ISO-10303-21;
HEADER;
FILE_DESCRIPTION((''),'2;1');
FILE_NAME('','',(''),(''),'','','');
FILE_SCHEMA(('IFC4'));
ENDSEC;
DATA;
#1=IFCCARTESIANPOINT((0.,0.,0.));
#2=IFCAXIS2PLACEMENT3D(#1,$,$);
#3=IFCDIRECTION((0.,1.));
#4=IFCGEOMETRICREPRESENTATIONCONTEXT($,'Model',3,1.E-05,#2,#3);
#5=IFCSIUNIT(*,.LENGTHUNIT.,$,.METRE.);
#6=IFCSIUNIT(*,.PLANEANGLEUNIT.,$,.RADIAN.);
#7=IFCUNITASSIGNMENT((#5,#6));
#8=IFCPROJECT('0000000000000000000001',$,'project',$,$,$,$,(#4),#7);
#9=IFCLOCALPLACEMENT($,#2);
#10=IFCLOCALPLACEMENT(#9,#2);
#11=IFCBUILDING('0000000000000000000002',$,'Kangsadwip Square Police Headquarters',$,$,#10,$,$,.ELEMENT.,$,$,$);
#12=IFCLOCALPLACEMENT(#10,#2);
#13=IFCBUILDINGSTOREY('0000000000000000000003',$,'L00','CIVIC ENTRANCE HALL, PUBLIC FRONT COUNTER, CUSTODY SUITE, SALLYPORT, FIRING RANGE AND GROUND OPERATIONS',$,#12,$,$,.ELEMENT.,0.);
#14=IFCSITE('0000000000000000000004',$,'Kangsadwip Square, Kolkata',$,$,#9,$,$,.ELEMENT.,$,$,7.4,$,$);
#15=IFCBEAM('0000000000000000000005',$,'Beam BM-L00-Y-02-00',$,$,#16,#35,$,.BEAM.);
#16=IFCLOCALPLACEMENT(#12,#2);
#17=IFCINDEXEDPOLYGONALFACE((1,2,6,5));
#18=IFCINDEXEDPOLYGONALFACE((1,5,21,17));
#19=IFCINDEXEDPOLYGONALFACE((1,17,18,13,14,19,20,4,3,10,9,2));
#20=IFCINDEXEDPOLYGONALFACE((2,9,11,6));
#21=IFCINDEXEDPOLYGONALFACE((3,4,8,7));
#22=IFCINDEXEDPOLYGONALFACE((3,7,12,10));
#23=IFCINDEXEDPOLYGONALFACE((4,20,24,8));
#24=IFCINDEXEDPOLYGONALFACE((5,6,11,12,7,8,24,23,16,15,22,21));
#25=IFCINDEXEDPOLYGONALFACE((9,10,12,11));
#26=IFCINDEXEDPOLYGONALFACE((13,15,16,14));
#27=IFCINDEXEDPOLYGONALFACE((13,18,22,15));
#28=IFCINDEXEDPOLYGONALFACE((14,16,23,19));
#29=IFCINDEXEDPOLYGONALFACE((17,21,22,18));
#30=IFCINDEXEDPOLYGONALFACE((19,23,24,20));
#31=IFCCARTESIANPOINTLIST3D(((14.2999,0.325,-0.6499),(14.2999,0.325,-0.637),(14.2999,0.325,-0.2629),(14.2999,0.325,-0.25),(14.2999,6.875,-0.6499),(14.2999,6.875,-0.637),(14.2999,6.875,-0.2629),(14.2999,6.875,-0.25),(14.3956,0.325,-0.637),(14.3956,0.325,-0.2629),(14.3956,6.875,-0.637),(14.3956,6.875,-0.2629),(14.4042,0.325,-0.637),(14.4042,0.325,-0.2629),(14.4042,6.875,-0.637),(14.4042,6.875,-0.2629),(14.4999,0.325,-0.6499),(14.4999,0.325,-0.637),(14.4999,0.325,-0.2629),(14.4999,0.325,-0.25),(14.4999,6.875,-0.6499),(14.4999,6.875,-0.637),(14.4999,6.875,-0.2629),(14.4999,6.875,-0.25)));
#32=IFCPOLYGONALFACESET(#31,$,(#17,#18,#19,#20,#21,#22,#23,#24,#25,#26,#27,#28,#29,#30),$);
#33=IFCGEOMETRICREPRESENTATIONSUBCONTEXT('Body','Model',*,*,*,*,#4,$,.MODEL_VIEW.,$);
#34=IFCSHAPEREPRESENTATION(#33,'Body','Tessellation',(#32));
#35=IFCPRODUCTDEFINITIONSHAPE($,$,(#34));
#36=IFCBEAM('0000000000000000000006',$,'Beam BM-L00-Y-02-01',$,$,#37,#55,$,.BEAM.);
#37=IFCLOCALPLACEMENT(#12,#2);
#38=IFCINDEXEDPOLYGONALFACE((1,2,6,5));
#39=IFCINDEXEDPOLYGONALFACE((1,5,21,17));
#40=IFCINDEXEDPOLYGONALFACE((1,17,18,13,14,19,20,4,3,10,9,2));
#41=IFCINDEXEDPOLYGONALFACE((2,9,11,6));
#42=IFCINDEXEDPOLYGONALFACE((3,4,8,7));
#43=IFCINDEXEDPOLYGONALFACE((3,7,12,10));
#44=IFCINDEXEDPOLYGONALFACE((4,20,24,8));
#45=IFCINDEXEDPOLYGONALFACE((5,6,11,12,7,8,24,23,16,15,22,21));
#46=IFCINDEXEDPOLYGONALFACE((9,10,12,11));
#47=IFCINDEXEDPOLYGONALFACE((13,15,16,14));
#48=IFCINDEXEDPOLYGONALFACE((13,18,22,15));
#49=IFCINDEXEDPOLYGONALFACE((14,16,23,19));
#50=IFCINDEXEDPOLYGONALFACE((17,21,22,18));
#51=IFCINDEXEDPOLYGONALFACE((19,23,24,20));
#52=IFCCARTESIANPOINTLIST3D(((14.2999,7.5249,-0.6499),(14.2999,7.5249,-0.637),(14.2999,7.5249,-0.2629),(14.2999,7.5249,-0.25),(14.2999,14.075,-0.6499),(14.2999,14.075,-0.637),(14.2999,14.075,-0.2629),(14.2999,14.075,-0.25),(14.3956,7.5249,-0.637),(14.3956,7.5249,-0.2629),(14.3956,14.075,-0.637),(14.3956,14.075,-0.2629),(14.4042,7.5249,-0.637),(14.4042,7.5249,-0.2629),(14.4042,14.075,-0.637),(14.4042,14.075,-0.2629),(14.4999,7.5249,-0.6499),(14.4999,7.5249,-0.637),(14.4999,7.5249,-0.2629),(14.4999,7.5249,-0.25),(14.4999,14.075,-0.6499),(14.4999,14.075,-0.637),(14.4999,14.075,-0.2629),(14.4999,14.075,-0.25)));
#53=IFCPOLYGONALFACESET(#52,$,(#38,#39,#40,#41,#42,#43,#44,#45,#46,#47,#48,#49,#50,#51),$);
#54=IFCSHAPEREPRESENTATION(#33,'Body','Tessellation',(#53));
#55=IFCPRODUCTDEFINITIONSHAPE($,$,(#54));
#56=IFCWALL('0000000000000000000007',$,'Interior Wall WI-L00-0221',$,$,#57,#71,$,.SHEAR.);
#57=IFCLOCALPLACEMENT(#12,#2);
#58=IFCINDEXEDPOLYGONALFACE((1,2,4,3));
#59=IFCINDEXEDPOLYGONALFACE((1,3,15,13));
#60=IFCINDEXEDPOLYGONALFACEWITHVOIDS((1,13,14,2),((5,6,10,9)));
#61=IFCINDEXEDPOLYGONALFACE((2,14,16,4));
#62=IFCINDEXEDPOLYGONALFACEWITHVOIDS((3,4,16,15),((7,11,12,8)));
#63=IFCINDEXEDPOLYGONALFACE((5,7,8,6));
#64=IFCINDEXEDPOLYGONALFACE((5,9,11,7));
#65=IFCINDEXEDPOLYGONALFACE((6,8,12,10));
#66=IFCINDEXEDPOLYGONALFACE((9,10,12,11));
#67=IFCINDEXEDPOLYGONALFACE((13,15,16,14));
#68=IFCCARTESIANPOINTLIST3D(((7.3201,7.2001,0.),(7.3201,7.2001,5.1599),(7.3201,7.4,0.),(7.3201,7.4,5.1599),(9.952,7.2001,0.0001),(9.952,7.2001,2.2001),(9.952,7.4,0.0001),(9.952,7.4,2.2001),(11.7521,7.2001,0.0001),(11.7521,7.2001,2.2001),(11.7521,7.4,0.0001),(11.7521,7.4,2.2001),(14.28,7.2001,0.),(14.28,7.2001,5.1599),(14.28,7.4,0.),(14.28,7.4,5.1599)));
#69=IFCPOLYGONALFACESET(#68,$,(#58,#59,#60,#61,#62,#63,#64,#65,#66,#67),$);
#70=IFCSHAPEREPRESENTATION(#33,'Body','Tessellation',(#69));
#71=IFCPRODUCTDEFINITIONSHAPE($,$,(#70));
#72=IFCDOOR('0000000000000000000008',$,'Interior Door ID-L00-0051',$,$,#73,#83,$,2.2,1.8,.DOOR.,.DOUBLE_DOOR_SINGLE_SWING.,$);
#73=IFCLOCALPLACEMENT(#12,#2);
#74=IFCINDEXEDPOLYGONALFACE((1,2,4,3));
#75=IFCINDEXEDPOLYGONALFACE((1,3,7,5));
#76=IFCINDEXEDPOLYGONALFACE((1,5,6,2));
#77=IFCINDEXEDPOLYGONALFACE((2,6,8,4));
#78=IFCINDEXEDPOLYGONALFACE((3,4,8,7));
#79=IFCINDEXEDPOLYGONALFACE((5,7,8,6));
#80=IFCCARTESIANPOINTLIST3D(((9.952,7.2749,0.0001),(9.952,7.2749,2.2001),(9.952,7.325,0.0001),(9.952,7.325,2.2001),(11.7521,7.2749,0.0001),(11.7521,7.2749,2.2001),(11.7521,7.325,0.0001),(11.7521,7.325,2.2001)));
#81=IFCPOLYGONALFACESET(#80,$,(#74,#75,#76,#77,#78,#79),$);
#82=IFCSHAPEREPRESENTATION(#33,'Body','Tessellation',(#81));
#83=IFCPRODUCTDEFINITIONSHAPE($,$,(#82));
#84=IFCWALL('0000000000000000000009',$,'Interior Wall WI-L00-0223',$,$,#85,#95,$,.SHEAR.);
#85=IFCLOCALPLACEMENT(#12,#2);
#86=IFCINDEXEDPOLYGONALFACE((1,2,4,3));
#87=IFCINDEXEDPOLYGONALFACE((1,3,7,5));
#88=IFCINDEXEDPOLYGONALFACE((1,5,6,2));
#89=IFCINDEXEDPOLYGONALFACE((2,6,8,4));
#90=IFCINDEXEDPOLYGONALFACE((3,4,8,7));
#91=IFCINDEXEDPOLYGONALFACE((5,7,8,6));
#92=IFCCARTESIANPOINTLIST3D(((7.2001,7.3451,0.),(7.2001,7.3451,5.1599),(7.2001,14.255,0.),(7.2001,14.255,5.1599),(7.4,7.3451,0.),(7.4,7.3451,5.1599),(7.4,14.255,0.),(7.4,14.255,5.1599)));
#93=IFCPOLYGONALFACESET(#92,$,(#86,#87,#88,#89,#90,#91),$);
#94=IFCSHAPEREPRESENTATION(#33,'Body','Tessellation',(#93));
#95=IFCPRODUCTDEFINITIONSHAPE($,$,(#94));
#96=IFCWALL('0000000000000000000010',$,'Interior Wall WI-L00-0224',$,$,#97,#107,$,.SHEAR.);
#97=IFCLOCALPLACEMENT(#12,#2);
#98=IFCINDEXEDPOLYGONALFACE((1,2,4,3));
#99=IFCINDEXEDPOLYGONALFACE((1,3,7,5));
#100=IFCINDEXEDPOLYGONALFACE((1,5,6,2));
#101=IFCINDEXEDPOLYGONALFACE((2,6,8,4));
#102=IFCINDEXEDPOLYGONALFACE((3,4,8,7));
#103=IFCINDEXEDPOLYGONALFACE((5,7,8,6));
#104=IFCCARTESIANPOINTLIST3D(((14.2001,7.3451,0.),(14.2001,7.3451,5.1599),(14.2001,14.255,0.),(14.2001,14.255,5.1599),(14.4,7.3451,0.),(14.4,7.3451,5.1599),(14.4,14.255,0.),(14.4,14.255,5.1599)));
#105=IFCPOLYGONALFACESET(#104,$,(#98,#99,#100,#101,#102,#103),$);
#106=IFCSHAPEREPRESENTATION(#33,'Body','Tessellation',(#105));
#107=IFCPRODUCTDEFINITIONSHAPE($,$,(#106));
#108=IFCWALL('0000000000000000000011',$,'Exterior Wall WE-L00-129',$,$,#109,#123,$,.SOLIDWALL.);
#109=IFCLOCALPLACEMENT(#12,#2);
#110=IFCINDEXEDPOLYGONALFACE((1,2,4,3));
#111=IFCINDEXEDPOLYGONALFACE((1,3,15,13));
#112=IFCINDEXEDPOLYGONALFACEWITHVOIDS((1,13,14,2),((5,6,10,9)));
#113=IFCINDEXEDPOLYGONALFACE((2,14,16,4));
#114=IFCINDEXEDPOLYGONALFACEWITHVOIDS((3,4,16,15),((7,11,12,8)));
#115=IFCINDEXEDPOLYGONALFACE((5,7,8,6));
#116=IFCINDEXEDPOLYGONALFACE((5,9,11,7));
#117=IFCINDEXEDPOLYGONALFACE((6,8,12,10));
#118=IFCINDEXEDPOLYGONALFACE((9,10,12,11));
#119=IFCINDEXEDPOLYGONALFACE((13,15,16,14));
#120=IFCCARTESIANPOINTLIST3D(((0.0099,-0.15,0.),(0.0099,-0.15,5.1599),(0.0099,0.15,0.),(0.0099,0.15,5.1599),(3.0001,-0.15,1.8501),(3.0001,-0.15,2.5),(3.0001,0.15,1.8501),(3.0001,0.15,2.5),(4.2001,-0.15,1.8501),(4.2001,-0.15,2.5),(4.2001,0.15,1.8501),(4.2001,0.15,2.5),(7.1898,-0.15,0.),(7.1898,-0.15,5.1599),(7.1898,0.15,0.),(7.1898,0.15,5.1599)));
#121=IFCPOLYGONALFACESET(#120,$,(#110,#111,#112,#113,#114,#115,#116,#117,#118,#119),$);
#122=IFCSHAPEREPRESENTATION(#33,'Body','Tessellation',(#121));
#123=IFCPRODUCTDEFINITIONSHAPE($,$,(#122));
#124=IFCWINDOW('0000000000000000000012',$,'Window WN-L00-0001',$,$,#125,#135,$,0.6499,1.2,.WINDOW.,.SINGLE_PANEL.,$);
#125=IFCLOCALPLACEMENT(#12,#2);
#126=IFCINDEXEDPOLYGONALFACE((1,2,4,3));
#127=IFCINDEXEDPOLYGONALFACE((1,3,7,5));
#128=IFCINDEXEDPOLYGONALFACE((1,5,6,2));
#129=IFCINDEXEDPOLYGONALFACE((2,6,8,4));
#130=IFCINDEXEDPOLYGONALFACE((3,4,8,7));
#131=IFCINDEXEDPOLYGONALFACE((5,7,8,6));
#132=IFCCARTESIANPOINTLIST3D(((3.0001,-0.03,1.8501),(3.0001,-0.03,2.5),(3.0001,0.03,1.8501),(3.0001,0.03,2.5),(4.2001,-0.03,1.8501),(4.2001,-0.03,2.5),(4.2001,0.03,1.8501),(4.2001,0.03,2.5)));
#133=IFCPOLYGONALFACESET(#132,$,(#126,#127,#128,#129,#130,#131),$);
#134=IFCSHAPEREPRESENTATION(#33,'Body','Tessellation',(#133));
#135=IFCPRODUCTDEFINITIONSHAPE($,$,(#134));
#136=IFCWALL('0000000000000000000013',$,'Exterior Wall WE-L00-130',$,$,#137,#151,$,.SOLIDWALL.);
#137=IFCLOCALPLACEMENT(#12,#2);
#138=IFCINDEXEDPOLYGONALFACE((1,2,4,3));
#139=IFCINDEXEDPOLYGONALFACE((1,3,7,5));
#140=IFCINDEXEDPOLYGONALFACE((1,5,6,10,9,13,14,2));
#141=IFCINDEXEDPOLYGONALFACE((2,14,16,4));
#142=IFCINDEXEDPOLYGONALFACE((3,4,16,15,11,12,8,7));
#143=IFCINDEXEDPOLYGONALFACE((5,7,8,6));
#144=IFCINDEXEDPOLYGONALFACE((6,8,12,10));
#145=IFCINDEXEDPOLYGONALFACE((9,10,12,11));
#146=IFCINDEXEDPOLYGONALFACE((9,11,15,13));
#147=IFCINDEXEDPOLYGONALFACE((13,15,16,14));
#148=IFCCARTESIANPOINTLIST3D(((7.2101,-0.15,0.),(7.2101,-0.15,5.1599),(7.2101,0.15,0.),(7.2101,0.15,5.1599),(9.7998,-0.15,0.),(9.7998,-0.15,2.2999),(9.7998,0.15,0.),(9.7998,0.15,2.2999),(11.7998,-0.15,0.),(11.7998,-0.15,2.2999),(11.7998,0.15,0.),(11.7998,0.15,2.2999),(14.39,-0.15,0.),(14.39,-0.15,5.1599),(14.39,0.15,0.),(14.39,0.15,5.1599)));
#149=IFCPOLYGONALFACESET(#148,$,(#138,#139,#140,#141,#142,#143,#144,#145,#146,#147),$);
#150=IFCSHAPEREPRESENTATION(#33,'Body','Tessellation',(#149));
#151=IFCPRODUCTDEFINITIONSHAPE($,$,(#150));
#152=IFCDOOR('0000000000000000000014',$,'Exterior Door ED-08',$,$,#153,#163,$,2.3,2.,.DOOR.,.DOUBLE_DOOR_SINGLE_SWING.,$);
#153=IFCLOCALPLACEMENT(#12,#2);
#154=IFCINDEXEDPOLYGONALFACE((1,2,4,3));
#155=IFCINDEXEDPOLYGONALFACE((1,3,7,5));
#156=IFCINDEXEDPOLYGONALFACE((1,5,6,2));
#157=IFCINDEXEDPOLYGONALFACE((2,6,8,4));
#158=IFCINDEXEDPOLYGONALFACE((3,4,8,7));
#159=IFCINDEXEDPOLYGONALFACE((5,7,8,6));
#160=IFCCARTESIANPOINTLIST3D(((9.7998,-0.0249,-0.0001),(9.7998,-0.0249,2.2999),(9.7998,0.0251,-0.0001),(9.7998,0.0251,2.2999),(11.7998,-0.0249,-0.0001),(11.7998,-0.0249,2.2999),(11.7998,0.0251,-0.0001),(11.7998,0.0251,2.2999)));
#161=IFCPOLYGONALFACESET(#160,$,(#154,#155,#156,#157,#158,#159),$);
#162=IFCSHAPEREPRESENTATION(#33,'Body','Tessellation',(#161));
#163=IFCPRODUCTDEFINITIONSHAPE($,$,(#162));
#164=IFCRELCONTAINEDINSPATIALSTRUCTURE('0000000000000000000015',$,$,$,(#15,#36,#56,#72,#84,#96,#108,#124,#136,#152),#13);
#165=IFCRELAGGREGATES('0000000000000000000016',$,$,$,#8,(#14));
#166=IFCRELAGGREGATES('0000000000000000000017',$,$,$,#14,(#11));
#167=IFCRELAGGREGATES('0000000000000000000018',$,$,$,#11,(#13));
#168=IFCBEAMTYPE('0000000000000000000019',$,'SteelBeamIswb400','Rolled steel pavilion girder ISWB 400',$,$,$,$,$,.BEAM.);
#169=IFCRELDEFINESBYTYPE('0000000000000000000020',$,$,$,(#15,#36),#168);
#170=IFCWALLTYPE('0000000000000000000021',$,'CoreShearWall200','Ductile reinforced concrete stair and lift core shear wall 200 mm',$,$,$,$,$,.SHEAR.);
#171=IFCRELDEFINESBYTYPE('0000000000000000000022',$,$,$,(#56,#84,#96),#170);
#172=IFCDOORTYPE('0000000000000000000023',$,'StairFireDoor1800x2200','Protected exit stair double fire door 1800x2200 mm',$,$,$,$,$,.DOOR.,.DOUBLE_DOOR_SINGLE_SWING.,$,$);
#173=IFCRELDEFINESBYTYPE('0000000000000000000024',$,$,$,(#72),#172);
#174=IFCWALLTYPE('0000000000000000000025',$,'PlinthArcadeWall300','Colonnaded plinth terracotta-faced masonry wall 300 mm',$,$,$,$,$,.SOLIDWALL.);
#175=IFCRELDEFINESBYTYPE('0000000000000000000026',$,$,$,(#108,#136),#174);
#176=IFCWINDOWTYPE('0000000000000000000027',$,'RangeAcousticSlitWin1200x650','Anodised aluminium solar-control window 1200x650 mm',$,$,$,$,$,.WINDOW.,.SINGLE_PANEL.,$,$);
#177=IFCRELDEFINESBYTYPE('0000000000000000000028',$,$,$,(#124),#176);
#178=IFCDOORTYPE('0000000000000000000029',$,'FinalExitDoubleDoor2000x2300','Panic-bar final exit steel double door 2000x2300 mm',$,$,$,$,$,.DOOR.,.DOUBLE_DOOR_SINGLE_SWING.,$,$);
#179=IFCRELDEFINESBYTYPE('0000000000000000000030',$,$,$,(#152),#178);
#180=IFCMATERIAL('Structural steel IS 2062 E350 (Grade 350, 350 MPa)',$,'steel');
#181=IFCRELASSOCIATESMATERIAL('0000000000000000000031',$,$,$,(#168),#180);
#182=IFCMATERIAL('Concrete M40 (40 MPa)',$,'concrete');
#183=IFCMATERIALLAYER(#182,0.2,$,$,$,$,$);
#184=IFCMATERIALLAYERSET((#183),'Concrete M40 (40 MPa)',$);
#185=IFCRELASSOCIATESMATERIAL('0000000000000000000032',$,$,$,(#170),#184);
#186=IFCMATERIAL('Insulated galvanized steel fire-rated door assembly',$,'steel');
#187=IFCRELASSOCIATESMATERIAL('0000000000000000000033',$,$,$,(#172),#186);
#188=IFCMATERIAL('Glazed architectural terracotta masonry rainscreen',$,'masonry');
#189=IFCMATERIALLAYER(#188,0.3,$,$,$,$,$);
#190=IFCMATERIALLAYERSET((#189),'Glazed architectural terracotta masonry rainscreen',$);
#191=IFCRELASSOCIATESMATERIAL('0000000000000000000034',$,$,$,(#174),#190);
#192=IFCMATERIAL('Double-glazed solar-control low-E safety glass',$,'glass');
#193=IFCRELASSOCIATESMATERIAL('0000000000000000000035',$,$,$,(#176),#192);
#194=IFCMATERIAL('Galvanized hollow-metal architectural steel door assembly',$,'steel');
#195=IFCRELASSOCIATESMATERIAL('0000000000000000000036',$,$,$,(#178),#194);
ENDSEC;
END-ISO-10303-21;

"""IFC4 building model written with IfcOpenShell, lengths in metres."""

from ifc_helpers import new_model, si_unit, direction, frame, frame_2d, origin, origin_2d, place, context, subcontext, project, spatial, rectangle, i_section, extrude, material, layer, layer_set, material_profile, profile_set, type_object, element, fill, save


model = new_model("IFC4")

# Units and contexts
model_context = context("Model", 3, precision=1e-05, world=origin(), true_north=direction((0.0, 1.0)))
body_context = subcontext(model_context, "Body", "Model", "MODEL_VIEW")
ifc_project = project(units=[si_unit("LENGTHUNIT", "METRE"), si_unit("PLANEANGLEUNIT", "RADIAN")], contexts=[model_context])

# Site, building, storey
site_placement = place(None, origin())
site = spatial("IfcSite", under=ifc_project, at=site_placement, Name="Kangsadwip Square, Kolkata", CompositionType="ELEMENT", RefElevation=7.4)
building_placement = place(site_placement, origin())
building = spatial("IfcBuilding", under=site, at=building_placement, Name="Kangsadwip Square Police Headquarters", CompositionType="ELEMENT")
storey_placement = place(building_placement, origin())
storey = spatial("IfcBuildingStorey", under=building, at=storey_placement, Name="L00", Description="CIVIC ENTRANCE HALL, PUBLIC FRONT COUNTER, CUSTODY SUITE, SALLYPORT, FIRING RANGE AND GROUND OPERATIONS", CompositionType="ELEMENT", Elevation=0.0)

# Beams
ifc_material_1 = material(Name="Structural steel IS 2062 E350 (Grade 350, 350 MPa)", Category="steel")
ifc_material_profile_1 = material_profile(ifc_material_1, i_section(OverallWidth=0.2, OverallDepth=0.3999, WebThickness=0.0085, FlangeThickness=0.0129, at=origin_2d()), Name="ISWB 400")
ifc_profile_set_1 = profile_set([ifc_material_profile_1], Name="Structural steel IS 2062 E350 (Grade 350, 350 MPa)")
beam_type_1 = type_object("IfcBeamType", Name="SteelBeamIswb400", Description="Rolled steel pavilion girder ISWB 400", PredefinedType="BEAM", material=ifc_profile_set_1)
for number, where, z_axis, x_axis, name in (
    (1, (14.3999, 0.325, -0.45), (0.0, 1.0, 0.0), (-1.0, 0.0, 0.0), "Beam BM-L00-Y-02-00"),
    (2, (14.3999, 7.5249, -0.45), (0.0, 1.0, 0.0), (-1.0, 0.0, 0.0), "Beam BM-L00-Y-02-01"),
):
    element("IfcBeam", number, at=place(storey_placement, frame(where, z_axis=z_axis, x_axis=x_axis)), inside=storey, type_object=beam_type_1, Name=name, PredefinedType="BEAM", context=body_context, shape_type="SweptSolid", body=[
        extrude(i_section(OverallWidth=0.2, OverallDepth=0.3999, WebThickness=0.0085, FlangeThickness=0.0129, at=origin_2d()), origin(), (0.0, 0.0, 1.0), 6.55),
    ])

# Wall, opening, door
ifc_material_2 = material(Name="Concrete M40 (40 MPa)", Category="concrete")
ifc_layer_1 = layer(ifc_material_2, 0.2)
ifc_layer_set_1 = layer_set([ifc_layer_1], Name="Concrete M40 (40 MPa)")
wall_type_1 = type_object("IfcWallType", Name="CoreShearWall200", Description="Ductile reinforced concrete stair and lift core shear wall 200 mm", PredefinedType="SHEAR", material=ifc_layer_set_1)
wall_1_placement = place(storey_placement, frame((7.3201, 7.3, 0.0), z_axis=(0.0, 0.0, 1.0), x_axis=(1.0, 0.0, 0.0)))
wall_1 = element("IfcWall", 3, at=wall_1_placement, inside=storey, type_object=wall_type_1, Name="Interior Wall WI-L00-0221", PredefinedType="SHEAR", context=body_context, shape_type="SweptSolid", body=[
    extrude(rectangle(XDim=6.96, YDim=0.2, at=frame_2d((3.48, 0.0))), origin(), (0.0, 0.0, 1.0), 5.1599),
])
opening_1_placement = place(wall_1_placement, frame((2.6321, 0.0, 0.0)))
opening_1 = element("IfcOpeningElement", 4, at=opening_1_placement, cuts=wall_1, PredefinedType="OPENING", context=body_context, shape_type="SweptSolid", body=[
    extrude(rectangle(XDim=1.8, YDim=2.2, at=frame_2d((0.8999, 1.1001))), frame((0.0, 0.1099, 0.0), z_axis=(0.0, -1.0, 0.0), x_axis=(1.0, 0.0, 0.0)), (0.0, 0.0, 1.0), 0.22),
])
ifc_material_3 = material(Name="Insulated galvanized steel fire-rated door assembly", Category="steel")
door_type_1 = type_object("IfcDoorType", Name="StairFireDoor1800x2200", Description="Protected exit stair double fire door 1800x2200 mm", OperationType="DOUBLE_DOOR_SINGLE_SWING", PredefinedType="DOOR", material=ifc_material_3)
door_1_placement = place(opening_1_placement, origin())
door_1 = element("IfcDoor", 5, at=door_1_placement, inside=storey, type_object=door_type_1, Name="Interior Door ID-L00-0051", OperationType="DOUBLE_DOOR_SINGLE_SWING", OverallHeight=2.2, OverallWidth=1.8, PredefinedType="DOOR", context=body_context, shape_type="SweptSolid", body=[
    extrude(rectangle(XDim=1.8, YDim=2.2, at=frame_2d((0.8999, 1.1001))), frame((0.0, 0.0249, 0.0), z_axis=(0.0, -1.0, 0.0), x_axis=(1.0, 0.0, 0.0)), (0.0, 0.0, 1.0), 0.05),
])
fill(opening_1, door_1)

# Walls
for number, where, z_axis, x_axis, name in (
    (6, (7.3, 7.345, 0.0), (0.0, 0.0, 1.0), (0.0, 1.0, 0.0), "Interior Wall WI-L00-0223"),
    (7, (14.3, 7.345, 0.0), (0.0, 0.0, 1.0), (0.0, 1.0, 0.0), "Interior Wall WI-L00-0224"),
):
    element("IfcWall", number, at=place(storey_placement, frame(where, z_axis=z_axis, x_axis=x_axis)), inside=storey, type_object=wall_type_1, Name=name, PredefinedType="SHEAR", context=body_context, shape_type="SweptSolid", body=[
        extrude(rectangle(XDim=6.9099, YDim=0.2, at=frame_2d((3.4551, 0.0))), origin(), (0.0, 0.0, 1.0), 5.1599),
    ])

# Wall, opening, window
ifc_material_4 = material(Name="Glazed architectural terracotta masonry rainscreen", Category="masonry")
ifc_layer_2 = layer(ifc_material_4, 0.3)
ifc_layer_set_2 = layer_set([ifc_layer_2], Name="Glazed architectural terracotta masonry rainscreen")
wall_type_2 = type_object("IfcWallType", Name="PlinthArcadeWall300", Description="Colonnaded plinth terracotta-faced masonry wall 300 mm", PredefinedType="SOLIDWALL", material=ifc_layer_set_2)
wall_2_placement = place(storey_placement, frame((0.01, 0.0, 0.0), z_axis=(0.0, 0.0, 1.0), x_axis=(1.0, 0.0, 0.0)))
wall_2 = element("IfcWall", 8, at=wall_2_placement, inside=storey, type_object=wall_type_2, Name="Exterior Wall WE-L00-129", PredefinedType="SOLIDWALL", context=body_context, shape_type="SweptSolid", body=[
    extrude(rectangle(XDim=7.1799, YDim=0.3, at=frame_2d((3.5898, 0.0))), origin(), (0.0, 0.0, 1.0), 5.1599),
])
opening_2_placement = place(wall_2_placement, frame((2.99, 0.0, 1.8501)))
opening_2 = element("IfcOpeningElement", 9, at=opening_2_placement, cuts=wall_2, PredefinedType="OPENING", context=body_context, shape_type="SweptSolid", body=[
    extrude(rectangle(XDim=1.2, YDim=0.6499, at=frame_2d((0.6001, 0.325))), frame((0.0, 0.1599, 0.0), z_axis=(0.0, -1.0, 0.0), x_axis=(1.0, 0.0, 0.0)), (0.0, 0.0, 1.0), 0.3201),
])
ifc_material_5 = material(Name="Double-glazed solar-control low-E safety glass", Category="glass")
window_type = type_object("IfcWindowType", Name="RangeAcousticSlitWin1200x650", Description="Anodised aluminium solar-control window 1200x650 mm", PartitioningType="SINGLE_PANEL", PredefinedType="WINDOW", material=ifc_material_5)
window_placement = place(opening_2_placement, origin())
window = element("IfcWindow", 10, at=window_placement, inside=storey, type_object=window_type, Name="Window WN-L00-0001", OverallHeight=0.6499, OverallWidth=1.2, PartitioningType="SINGLE_PANEL", PredefinedType="WINDOW", context=body_context, shape_type="SweptSolid", body=[
    extrude(rectangle(XDim=1.2, YDim=0.6499, at=frame_2d((0.6001, 0.325))), frame((0.0, 0.03, 0.0), z_axis=(0.0, -1.0, 0.0), x_axis=(1.0, 0.0, 0.0)), (0.0, 0.0, 1.0), 0.0601),
])
fill(opening_2, window)

# Wall, opening, door
wall_3_placement = place(storey_placement, frame((14.3899, 0.0, 0.0), z_axis=(0.0, 0.0, 1.0), x_axis=(-1.0, 0.0, 0.0)))
wall_3 = element("IfcWall", 11, at=wall_3_placement, inside=storey, type_object=wall_type_2, Name="Exterior Wall WE-L00-130", PredefinedType="SOLIDWALL", context=body_context, shape_type="SweptSolid", body=[
    extrude(rectangle(XDim=7.1799, YDim=0.3, at=frame_2d((3.5898, 0.0))), origin(), (0.0, 0.0, 1.0), 5.1599),
])
opening_3_placement = place(wall_3_placement, frame((2.5901, 0.0, 0.0)))
opening_3 = element("IfcOpeningElement", 12, at=opening_3_placement, cuts=wall_3, PredefinedType="OPENING", context=body_context, shape_type="SweptSolid", body=[
    extrude(rectangle(XDim=2.0, YDim=2.3, at=frame_2d((1.0, 1.1499))), frame((0.0, 0.1599, 0.0), z_axis=(0.0, -1.0, 0.0), x_axis=(1.0, 0.0, 0.0)), (0.0, 0.0, 1.0), 0.3201),
])
ifc_material_6 = material(Name="Galvanized hollow-metal architectural steel door assembly", Category="steel")
door_type_2 = type_object("IfcDoorType", Name="FinalExitDoubleDoor2000x2300", Description="Panic-bar final exit steel double door 2000x2300 mm", OperationType="DOUBLE_DOOR_SINGLE_SWING", PredefinedType="DOOR", material=ifc_material_6)
door_2_placement = place(opening_3_placement, origin())
door_2 = element("IfcDoor", 13, at=door_2_placement, inside=storey, type_object=door_type_2, Name="Exterior Door ED-08", OperationType="DOUBLE_DOOR_SINGLE_SWING", OverallHeight=2.3, OverallWidth=2.0, PredefinedType="DOOR", context=body_context, shape_type="SweptSolid", body=[
    extrude(rectangle(XDim=2.0, YDim=2.3, at=frame_2d((1.0, 1.1499))), frame((0.0, 0.0249, 0.0), z_axis=(0.0, -1.0, 0.0), x_axis=(1.0, 0.0, 0.0)), (0.0, 0.0, 1.0), 0.05),
])
fill(opening_3, door_2)

save(model, "model.ifc")
